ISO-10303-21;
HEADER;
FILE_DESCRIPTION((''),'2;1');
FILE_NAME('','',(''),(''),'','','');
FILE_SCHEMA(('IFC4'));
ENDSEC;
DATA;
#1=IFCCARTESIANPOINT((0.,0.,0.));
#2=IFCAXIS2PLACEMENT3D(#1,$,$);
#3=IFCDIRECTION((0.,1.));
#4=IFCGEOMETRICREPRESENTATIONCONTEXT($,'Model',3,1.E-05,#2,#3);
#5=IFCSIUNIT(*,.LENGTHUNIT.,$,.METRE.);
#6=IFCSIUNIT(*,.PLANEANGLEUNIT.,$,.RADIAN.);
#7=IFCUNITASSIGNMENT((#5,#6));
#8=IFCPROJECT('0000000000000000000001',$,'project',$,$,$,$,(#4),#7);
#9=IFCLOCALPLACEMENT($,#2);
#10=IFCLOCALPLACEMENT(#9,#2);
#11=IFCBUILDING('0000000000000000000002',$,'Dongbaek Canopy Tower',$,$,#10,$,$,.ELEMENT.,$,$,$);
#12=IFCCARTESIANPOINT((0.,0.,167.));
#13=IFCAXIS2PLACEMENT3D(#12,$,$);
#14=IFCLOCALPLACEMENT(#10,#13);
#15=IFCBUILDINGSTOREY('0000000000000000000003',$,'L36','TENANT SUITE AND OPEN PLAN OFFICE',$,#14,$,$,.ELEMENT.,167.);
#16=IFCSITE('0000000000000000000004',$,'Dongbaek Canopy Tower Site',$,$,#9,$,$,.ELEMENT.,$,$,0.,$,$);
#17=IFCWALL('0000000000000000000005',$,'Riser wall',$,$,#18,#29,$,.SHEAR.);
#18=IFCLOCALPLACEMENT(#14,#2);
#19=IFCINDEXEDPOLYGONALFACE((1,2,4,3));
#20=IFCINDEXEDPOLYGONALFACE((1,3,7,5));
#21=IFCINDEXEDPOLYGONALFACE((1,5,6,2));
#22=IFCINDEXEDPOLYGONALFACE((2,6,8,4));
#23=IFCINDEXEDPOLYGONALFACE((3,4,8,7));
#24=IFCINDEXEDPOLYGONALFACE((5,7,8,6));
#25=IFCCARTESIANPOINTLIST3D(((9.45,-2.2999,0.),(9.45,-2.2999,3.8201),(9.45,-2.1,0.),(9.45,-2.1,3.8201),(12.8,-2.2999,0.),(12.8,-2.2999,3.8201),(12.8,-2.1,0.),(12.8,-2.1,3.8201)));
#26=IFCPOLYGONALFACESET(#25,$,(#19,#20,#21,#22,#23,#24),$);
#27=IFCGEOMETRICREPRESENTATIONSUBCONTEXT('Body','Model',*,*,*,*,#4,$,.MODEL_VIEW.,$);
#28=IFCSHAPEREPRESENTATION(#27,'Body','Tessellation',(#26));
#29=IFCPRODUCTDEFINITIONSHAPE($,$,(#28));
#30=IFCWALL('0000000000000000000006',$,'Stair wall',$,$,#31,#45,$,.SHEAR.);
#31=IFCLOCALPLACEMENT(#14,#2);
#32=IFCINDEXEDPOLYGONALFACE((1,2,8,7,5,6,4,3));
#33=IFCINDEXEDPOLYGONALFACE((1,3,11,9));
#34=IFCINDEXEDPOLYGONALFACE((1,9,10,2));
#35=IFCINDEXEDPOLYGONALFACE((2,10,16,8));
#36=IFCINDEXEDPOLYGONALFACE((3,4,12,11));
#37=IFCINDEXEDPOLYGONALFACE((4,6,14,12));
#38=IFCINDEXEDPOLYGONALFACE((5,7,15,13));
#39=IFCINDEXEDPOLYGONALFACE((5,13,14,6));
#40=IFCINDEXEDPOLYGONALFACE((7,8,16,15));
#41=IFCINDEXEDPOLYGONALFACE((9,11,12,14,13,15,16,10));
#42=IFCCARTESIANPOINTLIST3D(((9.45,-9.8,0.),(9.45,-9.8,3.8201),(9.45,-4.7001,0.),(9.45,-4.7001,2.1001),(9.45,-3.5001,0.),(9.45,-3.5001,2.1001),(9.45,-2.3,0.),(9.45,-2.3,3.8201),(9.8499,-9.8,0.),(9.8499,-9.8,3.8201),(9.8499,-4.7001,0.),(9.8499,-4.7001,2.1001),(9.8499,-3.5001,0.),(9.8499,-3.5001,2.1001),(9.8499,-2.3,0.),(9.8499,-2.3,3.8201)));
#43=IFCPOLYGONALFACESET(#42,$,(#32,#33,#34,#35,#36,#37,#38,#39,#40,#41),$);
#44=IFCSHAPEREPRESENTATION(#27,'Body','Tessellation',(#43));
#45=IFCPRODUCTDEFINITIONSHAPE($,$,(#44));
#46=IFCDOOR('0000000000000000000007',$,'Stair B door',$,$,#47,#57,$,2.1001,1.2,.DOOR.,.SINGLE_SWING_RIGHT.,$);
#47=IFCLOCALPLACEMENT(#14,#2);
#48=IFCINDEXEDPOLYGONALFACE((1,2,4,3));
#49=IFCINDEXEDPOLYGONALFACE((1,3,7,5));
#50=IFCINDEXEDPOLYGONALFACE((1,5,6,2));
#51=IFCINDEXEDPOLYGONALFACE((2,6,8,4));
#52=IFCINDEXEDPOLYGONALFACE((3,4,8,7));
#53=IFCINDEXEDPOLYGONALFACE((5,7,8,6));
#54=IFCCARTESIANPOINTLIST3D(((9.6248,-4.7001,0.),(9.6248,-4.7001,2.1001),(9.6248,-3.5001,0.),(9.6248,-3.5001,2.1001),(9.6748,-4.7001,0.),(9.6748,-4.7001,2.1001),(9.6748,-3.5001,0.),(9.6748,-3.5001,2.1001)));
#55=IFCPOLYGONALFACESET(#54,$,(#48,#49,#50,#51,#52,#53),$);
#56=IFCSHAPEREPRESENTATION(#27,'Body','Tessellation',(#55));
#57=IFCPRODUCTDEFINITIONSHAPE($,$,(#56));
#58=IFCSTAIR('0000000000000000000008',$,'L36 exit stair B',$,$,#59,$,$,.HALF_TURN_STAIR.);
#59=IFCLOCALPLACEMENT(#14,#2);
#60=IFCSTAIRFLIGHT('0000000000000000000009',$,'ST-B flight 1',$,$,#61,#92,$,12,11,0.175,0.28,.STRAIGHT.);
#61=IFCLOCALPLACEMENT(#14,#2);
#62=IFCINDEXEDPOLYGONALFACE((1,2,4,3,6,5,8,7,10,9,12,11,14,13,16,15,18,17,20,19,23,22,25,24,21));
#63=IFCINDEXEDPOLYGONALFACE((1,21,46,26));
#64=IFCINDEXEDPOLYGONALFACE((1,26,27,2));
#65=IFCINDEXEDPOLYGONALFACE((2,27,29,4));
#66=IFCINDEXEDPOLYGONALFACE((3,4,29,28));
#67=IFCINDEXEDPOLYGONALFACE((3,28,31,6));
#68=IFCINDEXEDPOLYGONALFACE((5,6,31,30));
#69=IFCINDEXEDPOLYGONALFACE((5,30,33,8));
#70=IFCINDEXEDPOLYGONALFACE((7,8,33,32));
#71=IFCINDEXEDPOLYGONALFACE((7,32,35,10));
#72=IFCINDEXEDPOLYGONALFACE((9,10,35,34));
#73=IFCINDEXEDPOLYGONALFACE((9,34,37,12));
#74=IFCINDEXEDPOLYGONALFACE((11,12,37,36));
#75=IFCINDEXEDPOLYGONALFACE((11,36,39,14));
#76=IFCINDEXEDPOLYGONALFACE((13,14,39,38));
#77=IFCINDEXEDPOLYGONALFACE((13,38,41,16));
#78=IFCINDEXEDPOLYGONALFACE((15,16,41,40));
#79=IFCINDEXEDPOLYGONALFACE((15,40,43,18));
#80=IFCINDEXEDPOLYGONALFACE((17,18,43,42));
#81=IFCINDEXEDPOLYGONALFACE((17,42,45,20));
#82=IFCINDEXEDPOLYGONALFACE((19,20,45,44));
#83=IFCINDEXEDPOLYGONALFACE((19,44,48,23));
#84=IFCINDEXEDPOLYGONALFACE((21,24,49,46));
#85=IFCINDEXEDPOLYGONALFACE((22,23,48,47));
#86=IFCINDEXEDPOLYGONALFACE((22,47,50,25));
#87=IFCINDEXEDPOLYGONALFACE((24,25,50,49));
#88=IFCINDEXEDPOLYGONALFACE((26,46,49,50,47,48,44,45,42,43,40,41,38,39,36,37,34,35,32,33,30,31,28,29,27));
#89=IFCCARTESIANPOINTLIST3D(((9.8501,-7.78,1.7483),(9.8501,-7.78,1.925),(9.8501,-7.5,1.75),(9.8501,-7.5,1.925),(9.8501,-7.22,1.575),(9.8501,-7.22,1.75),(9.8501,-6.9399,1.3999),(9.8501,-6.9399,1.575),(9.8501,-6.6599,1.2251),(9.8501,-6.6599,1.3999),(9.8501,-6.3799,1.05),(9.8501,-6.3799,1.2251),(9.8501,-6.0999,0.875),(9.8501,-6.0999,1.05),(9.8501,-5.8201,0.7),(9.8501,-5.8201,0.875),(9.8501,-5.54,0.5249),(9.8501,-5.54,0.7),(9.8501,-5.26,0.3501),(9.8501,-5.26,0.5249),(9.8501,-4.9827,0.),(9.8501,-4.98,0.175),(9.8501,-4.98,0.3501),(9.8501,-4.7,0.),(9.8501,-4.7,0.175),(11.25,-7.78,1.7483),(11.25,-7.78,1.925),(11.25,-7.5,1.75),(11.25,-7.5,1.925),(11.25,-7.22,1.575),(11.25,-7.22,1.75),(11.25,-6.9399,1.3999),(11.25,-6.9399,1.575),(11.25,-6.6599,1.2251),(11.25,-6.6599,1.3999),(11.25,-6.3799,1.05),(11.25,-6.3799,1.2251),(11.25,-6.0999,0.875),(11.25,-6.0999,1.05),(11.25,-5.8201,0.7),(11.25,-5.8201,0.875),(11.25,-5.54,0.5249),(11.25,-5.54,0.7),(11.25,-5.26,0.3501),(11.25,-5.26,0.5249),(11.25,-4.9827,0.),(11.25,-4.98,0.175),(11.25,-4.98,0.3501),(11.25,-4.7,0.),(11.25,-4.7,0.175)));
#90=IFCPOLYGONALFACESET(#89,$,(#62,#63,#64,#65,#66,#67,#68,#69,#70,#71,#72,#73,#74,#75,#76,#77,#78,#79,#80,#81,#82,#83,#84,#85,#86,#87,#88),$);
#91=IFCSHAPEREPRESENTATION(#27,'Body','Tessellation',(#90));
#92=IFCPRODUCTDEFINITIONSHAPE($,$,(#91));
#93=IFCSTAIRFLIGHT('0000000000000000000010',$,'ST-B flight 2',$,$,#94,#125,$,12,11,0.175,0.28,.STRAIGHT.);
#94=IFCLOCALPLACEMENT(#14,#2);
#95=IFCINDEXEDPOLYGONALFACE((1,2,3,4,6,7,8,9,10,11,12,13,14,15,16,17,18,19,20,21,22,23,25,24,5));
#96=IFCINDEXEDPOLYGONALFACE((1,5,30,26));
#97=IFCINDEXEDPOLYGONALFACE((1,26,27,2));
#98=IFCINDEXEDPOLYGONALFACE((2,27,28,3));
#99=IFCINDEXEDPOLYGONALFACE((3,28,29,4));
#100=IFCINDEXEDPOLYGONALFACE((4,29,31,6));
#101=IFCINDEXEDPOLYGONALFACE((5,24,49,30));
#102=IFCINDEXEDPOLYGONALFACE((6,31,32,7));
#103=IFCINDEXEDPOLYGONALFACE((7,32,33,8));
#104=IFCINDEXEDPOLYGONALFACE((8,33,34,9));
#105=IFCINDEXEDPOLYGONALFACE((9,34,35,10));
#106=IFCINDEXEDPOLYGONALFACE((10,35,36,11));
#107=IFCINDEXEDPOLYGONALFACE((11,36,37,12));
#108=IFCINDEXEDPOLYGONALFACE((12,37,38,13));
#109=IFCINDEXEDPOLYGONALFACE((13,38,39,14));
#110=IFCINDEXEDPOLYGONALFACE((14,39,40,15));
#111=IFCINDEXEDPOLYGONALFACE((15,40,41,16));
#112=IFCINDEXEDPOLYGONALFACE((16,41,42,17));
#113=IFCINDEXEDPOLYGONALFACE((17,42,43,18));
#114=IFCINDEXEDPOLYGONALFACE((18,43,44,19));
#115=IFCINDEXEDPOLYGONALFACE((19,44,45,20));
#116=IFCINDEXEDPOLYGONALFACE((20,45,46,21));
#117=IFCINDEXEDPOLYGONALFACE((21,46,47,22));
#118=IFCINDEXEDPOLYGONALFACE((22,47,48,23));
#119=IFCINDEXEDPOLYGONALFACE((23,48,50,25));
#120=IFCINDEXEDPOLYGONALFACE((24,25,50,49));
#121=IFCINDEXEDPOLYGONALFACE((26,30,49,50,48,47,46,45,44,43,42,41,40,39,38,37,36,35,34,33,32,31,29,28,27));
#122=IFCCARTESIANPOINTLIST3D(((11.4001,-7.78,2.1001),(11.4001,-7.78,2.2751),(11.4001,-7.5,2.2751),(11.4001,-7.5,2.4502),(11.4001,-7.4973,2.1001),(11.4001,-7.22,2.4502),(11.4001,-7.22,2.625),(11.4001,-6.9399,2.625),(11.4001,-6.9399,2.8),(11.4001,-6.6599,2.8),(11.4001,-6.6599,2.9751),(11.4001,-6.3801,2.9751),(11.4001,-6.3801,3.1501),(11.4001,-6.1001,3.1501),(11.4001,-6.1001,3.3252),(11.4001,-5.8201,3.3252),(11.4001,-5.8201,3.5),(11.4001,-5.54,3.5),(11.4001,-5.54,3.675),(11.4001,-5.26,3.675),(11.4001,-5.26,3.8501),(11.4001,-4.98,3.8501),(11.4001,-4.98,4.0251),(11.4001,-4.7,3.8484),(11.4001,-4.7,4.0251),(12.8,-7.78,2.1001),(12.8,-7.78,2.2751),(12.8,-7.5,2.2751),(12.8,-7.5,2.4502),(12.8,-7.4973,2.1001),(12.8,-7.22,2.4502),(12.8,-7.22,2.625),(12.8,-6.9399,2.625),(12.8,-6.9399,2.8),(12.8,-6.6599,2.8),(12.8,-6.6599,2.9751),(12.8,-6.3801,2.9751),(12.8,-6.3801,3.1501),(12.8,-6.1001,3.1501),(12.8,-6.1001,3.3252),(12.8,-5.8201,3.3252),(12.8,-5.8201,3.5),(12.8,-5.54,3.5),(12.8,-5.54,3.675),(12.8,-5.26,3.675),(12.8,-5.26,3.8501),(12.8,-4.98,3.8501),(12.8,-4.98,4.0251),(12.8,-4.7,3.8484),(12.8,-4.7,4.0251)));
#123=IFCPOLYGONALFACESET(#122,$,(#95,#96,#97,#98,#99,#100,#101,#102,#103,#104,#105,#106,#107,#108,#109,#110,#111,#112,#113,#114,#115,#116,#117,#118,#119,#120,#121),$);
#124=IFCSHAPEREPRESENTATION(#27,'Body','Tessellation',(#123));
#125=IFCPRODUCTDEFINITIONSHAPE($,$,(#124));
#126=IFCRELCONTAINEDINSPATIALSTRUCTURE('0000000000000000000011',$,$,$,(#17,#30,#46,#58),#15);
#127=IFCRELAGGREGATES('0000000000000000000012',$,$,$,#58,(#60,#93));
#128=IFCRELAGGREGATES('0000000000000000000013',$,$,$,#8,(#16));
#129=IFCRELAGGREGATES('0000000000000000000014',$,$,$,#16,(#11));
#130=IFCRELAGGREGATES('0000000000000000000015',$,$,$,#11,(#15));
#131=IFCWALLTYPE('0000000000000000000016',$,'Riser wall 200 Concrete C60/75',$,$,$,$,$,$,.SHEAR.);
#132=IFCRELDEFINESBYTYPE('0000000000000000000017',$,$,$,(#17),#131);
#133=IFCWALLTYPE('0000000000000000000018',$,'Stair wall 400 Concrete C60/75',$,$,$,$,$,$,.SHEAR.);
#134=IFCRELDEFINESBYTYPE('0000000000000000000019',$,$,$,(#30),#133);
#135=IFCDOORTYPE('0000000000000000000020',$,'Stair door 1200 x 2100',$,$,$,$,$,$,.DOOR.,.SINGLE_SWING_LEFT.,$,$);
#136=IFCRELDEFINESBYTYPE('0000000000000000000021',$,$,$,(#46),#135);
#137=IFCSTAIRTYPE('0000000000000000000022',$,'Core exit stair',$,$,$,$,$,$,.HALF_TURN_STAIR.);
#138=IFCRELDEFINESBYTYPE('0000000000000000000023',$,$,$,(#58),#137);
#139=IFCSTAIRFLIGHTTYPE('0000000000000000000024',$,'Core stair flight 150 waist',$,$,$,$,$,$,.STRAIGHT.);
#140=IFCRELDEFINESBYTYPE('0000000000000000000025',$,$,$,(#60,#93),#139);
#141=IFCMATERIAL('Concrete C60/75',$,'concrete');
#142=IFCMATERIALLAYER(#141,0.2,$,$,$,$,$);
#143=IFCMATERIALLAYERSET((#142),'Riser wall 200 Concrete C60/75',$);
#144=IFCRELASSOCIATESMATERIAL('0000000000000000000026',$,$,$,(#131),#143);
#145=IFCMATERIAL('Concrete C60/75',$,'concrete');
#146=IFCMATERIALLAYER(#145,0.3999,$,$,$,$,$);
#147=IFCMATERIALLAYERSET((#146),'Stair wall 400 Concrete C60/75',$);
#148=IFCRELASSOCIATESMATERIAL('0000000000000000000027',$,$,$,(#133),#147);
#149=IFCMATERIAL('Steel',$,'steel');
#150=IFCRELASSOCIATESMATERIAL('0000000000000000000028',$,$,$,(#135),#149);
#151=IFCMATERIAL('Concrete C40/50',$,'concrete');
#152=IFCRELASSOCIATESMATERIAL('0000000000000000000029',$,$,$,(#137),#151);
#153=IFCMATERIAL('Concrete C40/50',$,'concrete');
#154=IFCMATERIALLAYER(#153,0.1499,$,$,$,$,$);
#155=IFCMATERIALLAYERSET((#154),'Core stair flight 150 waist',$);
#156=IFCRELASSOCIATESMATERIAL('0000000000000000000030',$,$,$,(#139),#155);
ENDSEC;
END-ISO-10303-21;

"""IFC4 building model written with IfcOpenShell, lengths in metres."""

from ifc_helpers import new_model, si_unit, direction, frame, frame_2d, origin, place, context, subcontext, project, spatial, polyline, rectangle, outline, extrude, material, layer, layer_set, type_object, element, fill, aggregate, save


model = new_model("IFC4")

# Units and contexts
model_context = context("Model", 3, precision=1e-05, world=origin(), true_north=direction((0.0, 1.0)))
body_context = subcontext(model_context, "Body", "Model", "MODEL_VIEW")
ifc_project = project(units=[si_unit("LENGTHUNIT", "METRE"), si_unit("PLANEANGLEUNIT", "RADIAN")], contexts=[model_context])

# Site, building, storey
site_placement = place(None, origin())
site = spatial("IfcSite", under=ifc_project, at=site_placement, Name="Dongbaek Canopy Tower Site", CompositionType="ELEMENT", RefElevation=0.0)
building_placement = place(site_placement, origin())
building = spatial("IfcBuilding", under=site, at=building_placement, Name="Dongbaek Canopy Tower", CompositionType="ELEMENT")
storey_placement = place(building_placement, frame((0.0, 0.0, 167.0)))
storey = spatial("IfcBuildingStorey", under=building, at=storey_placement, Name="L36", Description="TENANT SUITE AND OPEN PLAN OFFICE", CompositionType="ELEMENT", Elevation=167.0)

# Wall
ifc_material_1 = material(Name="Concrete C60/75", Category="concrete")
ifc_layer_1 = layer(ifc_material_1, 0.2)
ifc_layer_set_1 = layer_set([ifc_layer_1], Name="Riser wall 200 Concrete C60/75")
wall_type_1 = type_object("IfcWallType", Name="Riser wall 200 Concrete C60/75", PredefinedType="SHEAR", material=ifc_layer_set_1)
wall_1_placement = place(storey_placement, frame((9.45, -2.2, 0.0), z_axis=(0.0, 0.0, 1.0), x_axis=(1.0, 0.0, 0.0)))
element("IfcWall", 1, at=wall_1_placement, inside=storey, type_object=wall_type_1, Name="Riser wall", PredefinedType="SHEAR", context=body_context, shape_type="SweptSolid", body=[
    extrude(rectangle(XDim=3.3501, YDim=0.2, at=frame_2d((1.675, 0.0))), origin(), (0.0, 0.0, 1.0), 3.8201),
])

# Wall, opening, door
ifc_material_2 = material(Name="Concrete C60/75", Category="concrete")
ifc_layer_2 = layer(ifc_material_2, 0.3999)
ifc_layer_set_2 = layer_set([ifc_layer_2], Name="Stair wall 400 Concrete C60/75")
wall_type_2 = type_object("IfcWallType", Name="Stair wall 400 Concrete C60/75", PredefinedType="SHEAR", material=ifc_layer_set_2)
wall_2_placement = place(storey_placement, frame((9.6499, -2.3, 0.0), z_axis=(0.0, 0.0, 1.0), x_axis=(0.0, -1.0, 0.0)))
wall_2 = element("IfcWall", 2, at=wall_2_placement, inside=storey, type_object=wall_type_2, Name="Stair wall", PredefinedType="SHEAR", context=body_context, shape_type="SweptSolid", body=[
    extrude(rectangle(XDim=7.5, YDim=0.3999, at=frame_2d((3.75, 0.0))), origin(), (0.0, 0.0, 1.0), 3.8201),
])
opening_1_placement = place(wall_2_placement, frame((1.2, 0.0, 0.0)))
opening_1 = element("IfcOpeningElement", 3, at=opening_1_placement, cuts=wall_2, PredefinedType="OPENING", context=body_context, shape_type="SweptSolid", body=[
    extrude(rectangle(XDim=1.2, YDim=2.1001, at=frame_2d((0.6001, 1.05))), frame((0.0, 0.21, 0.0), z_axis=(0.0, -1.0, 0.0), x_axis=(1.0, 0.0, 0.0)), (0.0, 0.0, 1.0), 0.4199),
])
ifc_material_3 = material(Name="Steel", Category="steel")
door_type_1 = type_object("IfcDoorType", Name="Stair door 1200 x 2100", OperationType="SINGLE_SWING_LEFT", PredefinedType="DOOR", material=ifc_material_3)
door_1_placement = place(opening_1_placement, origin())
door_1 = element("IfcDoor", 4, at=door_1_placement, inside=storey, type_object=door_type_1, Name="Stair B door", OperationType="SINGLE_SWING_RIGHT", OverallHeight=2.1001, OverallWidth=1.2, PredefinedType="DOOR", context=body_context, shape_type="SweptSolid", body=[
    extrude(rectangle(XDim=1.2, YDim=2.1001, at=frame_2d((0.6001, 1.05))), frame((0.0, 0.0249, 0.0), z_axis=(0.0, -1.0, 0.0), x_axis=(1.0, 0.0, 0.0)), (0.0, 0.0, 1.0), 0.05),
])
fill(opening_1, door_1)

# Stair, stair flights
ifc_material_4 = material(Name="Concrete C40/50", Category="concrete")
stair_type = type_object("IfcStairType", Name="Core exit stair", PredefinedType="HALF_TURN_STAIR", material=ifc_material_4)
stair_placement = place(storey_placement, origin())
stair = element("IfcStair", 5, at=stair_placement, inside=storey, type_object=stair_type, Name="L36 exit stair B", PredefinedType="HALF_TURN_STAIR")
ifc_material_5 = material(Name="Concrete C40/50", Category="concrete")
ifc_layer_3 = layer(ifc_material_5, 0.1499)
ifc_layer_set_3 = layer_set([ifc_layer_3], Name="Core stair flight 150 waist")
stair_flight_type = type_object("IfcStairFlightType", Name="Core stair flight 150 waist", PredefinedType="STRAIGHT", material=ifc_layer_set_3)
stair_flight_1_placement = place(storey_placement, frame((10.55, -4.7, 0.0), z_axis=(0.0, 0.0, 1.0), x_axis=(0.0, -1.0, 0.0)))
stair_flight_1 = element("IfcStairFlight", 6, at=stair_flight_1_placement, type_object=stair_flight_type, Name="ST-B flight 1", NumberOfRisers=12, NumberOfTreads=11, PredefinedType="STRAIGHT", RiserHeight=0.175, TreadLength=0.28, context=body_context, shape_type="SweptSolid", body=[
    extrude(outline(polyline([(0.0, 0.0), (0.0, 0.175), (0.28, 0.175), (0.28, 0.3501), (0.5601, 0.3501), (0.5601, 0.5249), (0.8401, 0.5249), (0.8401, 0.7), (1.1201, 0.7), (1.1201, 0.875), (1.3999, 0.875), (1.3999, 1.05), (1.6799, 1.05), (1.6799, 1.2251), (1.96, 1.2251), (1.96, 1.3999), (2.24, 1.3999), (2.24, 1.575), (2.52, 1.575), (2.52, 1.75), (2.8, 1.75), (2.8, 1.925), (3.0801, 1.925), (3.0801, 2.1001), (3.0801, 1.7483), (0.2827, 0.0), (0.0, 0.0)])), frame((0.0, 0.7, 0.0), z_axis=(0.0, -1.0, 0.0), x_axis=(1.0, 0.0, 0.0)), (0.0, 0.0, 1.0), 1.3999),
])
stair_flight_2_placement = place(storey_placement, frame((12.1001, -7.78, 2.1001), z_axis=(0.0, 0.0, 1.0), x_axis=(0.0, 1.0, 0.0)))
stair_flight_2 = element("IfcStairFlight", 7, at=stair_flight_2_placement, type_object=stair_flight_type, Name="ST-B flight 2", NumberOfRisers=12, NumberOfTreads=11, PredefinedType="STRAIGHT", RiserHeight=0.175, TreadLength=0.28, context=body_context, shape_type="SweptSolid", body=[
    extrude(outline(polyline([(0.0, 0.0), (0.0, 0.175), (0.28, 0.175), (0.28, 0.3501), (0.5601, 0.3501), (0.5601, 0.5249), (0.8401, 0.5249), (0.8401, 0.7), (1.1201, 0.7), (1.1201, 0.875), (1.3999, 0.875), (1.3999, 1.05), (1.6799, 1.05), (1.6799, 1.2251), (1.96, 1.2251), (1.96, 1.3999), (2.24, 1.3999), (2.24, 1.575), (2.52, 1.575), (2.52, 1.75), (2.8, 1.75), (2.8, 1.925), (3.0801, 1.925), (3.0801, 2.1001), (3.0801, 1.7483), (0.2827, 0.0), (0.0, 0.0)])), frame((0.0, 0.7, 0.0), z_axis=(0.0, -1.0, 0.0), x_axis=(1.0, 0.0, 0.0)), (0.0, 0.0, 1.0), 1.3999),
])
aggregate(stair, [stair_flight_1, stair_flight_2])

save(model, "model.ifc")
